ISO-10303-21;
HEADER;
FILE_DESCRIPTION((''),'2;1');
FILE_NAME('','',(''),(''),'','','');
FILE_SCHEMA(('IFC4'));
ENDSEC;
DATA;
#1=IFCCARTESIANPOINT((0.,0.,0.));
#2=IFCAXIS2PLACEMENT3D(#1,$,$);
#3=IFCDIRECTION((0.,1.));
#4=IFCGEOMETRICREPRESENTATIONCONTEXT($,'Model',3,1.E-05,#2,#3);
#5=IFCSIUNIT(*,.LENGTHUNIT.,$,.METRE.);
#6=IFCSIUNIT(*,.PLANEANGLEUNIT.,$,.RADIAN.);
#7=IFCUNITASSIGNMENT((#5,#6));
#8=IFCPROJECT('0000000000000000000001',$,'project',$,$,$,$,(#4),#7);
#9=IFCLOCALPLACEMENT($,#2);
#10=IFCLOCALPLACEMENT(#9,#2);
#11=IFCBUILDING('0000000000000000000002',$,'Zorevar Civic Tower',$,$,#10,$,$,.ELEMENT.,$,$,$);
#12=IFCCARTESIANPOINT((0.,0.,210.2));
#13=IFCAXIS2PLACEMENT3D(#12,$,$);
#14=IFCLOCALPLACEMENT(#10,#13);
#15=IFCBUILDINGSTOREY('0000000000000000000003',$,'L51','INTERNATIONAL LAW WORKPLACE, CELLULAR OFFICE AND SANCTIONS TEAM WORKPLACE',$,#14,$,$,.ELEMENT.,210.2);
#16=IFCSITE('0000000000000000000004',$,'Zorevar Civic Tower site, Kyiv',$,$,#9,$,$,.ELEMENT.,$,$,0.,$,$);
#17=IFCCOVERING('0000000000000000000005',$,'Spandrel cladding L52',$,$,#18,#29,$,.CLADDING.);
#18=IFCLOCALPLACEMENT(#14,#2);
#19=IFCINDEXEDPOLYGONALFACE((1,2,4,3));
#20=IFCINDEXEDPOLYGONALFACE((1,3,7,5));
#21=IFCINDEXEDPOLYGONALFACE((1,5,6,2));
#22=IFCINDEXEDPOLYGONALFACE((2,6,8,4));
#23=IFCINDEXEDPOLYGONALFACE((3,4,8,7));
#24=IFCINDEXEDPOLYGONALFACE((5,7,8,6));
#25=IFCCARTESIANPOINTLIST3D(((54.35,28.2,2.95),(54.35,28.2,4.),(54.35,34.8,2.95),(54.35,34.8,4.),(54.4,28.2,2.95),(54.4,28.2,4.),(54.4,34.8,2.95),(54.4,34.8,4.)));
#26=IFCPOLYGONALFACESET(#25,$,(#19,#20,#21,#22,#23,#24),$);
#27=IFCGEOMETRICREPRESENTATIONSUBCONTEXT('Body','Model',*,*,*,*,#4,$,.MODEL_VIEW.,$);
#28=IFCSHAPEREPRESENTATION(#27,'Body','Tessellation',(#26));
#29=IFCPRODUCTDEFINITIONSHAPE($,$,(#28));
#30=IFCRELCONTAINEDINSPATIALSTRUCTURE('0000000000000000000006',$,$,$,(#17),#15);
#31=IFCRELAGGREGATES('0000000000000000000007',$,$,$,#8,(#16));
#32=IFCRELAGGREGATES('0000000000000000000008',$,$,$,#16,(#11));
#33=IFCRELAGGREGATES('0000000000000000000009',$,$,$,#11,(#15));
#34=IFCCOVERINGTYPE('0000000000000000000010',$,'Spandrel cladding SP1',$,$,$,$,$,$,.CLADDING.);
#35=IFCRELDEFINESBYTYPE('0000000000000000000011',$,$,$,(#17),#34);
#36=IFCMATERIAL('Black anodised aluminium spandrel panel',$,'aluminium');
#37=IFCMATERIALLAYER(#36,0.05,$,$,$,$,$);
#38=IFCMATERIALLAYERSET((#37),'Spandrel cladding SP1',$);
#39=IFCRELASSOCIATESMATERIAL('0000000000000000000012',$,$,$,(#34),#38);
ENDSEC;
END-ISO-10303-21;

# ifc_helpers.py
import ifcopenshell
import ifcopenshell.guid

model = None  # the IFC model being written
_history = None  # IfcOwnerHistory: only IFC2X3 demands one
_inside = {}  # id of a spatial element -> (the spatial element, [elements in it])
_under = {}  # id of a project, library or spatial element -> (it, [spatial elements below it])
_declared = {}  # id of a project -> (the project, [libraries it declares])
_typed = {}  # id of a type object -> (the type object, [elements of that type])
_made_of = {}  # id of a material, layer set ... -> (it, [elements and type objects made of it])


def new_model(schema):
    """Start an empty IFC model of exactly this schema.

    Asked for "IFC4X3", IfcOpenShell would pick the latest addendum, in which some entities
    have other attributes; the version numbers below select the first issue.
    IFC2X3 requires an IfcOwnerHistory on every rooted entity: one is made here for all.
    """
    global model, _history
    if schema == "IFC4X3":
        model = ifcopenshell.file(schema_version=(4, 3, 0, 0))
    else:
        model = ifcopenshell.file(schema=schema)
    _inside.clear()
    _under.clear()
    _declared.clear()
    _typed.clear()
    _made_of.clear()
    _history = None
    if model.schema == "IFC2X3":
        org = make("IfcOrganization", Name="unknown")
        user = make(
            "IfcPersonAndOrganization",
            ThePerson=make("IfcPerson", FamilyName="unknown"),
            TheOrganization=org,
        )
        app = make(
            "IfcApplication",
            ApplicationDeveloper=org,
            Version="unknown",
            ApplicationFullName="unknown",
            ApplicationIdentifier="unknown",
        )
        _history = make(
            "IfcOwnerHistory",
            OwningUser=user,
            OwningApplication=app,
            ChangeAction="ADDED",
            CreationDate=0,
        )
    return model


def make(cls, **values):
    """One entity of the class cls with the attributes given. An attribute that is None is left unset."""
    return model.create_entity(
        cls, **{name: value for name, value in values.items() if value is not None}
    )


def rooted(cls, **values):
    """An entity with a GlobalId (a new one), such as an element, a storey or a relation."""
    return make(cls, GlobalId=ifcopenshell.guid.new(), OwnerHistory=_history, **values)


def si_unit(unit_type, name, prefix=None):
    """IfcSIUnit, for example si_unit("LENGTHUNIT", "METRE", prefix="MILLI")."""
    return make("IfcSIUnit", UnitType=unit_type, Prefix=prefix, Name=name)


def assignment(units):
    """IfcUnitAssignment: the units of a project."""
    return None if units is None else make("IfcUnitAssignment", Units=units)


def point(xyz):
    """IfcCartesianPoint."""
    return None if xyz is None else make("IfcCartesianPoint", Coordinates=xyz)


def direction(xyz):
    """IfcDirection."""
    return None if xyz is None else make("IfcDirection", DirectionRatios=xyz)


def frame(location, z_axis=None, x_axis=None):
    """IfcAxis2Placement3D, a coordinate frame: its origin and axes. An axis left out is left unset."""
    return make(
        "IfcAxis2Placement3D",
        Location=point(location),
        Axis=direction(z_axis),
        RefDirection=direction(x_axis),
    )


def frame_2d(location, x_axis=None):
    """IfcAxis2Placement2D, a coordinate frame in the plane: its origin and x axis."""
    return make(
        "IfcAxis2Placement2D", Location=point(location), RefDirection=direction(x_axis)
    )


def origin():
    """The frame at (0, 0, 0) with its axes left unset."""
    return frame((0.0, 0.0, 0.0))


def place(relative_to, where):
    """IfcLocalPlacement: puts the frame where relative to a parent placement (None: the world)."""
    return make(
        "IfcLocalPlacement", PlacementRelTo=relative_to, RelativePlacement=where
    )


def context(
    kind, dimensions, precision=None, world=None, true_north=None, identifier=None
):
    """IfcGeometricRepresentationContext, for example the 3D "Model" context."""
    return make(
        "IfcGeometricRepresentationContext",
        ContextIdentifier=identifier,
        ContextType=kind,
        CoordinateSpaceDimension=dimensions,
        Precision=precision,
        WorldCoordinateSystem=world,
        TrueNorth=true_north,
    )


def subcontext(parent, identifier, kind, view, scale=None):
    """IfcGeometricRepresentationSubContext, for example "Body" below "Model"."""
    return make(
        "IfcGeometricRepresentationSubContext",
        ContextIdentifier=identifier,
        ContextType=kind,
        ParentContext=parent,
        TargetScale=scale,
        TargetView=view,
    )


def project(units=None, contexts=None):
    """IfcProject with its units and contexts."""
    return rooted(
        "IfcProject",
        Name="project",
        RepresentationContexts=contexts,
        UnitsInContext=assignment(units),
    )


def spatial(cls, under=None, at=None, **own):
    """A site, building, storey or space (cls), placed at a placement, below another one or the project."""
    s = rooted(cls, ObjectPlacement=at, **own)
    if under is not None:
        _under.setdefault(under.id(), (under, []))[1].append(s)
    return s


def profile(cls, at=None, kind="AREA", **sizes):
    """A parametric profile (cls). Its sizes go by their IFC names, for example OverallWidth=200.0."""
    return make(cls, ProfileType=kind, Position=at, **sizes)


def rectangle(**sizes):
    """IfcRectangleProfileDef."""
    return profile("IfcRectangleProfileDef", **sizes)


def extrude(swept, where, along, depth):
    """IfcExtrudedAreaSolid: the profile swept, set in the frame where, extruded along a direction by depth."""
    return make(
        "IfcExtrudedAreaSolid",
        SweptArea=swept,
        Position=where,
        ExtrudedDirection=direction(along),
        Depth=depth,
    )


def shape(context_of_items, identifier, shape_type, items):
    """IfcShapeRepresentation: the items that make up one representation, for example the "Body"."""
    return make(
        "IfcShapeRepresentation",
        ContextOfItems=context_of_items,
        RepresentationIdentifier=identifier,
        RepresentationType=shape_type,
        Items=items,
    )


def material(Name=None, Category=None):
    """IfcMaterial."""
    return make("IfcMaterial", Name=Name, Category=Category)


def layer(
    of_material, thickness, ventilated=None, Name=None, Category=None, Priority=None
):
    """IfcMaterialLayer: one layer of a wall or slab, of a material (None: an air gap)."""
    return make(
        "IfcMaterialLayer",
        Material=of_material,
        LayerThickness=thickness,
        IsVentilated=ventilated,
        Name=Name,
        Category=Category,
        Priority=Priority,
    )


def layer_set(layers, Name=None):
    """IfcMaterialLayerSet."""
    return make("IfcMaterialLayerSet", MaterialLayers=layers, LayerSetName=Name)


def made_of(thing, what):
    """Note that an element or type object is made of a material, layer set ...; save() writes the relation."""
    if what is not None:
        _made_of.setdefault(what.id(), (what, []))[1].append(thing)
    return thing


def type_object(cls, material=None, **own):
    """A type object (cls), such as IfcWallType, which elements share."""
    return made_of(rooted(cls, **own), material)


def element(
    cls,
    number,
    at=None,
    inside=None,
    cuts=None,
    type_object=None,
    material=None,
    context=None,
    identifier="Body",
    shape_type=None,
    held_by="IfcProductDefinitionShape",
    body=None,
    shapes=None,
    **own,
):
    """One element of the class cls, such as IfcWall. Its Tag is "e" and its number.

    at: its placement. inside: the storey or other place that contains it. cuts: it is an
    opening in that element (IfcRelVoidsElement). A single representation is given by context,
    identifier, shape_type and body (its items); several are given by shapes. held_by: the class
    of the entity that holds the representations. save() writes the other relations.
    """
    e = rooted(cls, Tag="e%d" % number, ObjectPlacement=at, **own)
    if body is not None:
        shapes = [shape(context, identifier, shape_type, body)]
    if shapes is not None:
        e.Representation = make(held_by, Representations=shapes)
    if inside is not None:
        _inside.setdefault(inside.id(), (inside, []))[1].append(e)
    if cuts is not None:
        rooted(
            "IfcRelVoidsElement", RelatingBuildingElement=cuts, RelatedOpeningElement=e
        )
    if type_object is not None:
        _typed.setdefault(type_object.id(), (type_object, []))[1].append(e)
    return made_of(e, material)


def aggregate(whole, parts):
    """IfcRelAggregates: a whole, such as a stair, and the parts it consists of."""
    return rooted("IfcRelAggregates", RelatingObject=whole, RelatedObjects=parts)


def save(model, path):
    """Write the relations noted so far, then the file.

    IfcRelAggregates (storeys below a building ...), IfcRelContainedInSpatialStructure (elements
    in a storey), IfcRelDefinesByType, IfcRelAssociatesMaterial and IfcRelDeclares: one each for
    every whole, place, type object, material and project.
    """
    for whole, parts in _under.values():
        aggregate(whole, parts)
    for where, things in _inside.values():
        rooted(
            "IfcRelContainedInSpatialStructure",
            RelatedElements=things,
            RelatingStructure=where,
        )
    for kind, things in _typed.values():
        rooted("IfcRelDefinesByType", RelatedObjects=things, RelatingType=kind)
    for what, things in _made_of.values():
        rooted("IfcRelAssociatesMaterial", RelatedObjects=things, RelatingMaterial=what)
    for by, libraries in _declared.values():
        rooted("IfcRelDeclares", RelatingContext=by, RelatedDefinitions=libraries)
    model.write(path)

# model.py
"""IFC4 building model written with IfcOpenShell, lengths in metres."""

from ifc_helpers import new_model, si_unit, direction, frame, frame_2d, origin, place, context, subcontext, project, spatial, rectangle, extrude, material, layer, layer_set, type_object, element, save


model = new_model("IFC4")

# Units and contexts
model_context = context("Model", 3, precision=1e-05, world=origin(), true_north=direction((0.0, 1.0)))
body_context = subcontext(model_context, "Body", "Model", "MODEL_VIEW")
ifc_project = project(units=[si_unit("LENGTHUNIT", "METRE"), si_unit("PLANEANGLEUNIT", "RADIAN")], contexts=[model_context])

# Site, building, storey
site_placement = place(None, origin())
site = spatial("IfcSite", under=ifc_project, at=site_placement, Name="Zorevar Civic Tower site, Kyiv", CompositionType="ELEMENT", RefElevation=0.0)
building_placement = place(site_placement, origin())
building = spatial("IfcBuilding", under=site, at=building_placement, Name="Zorevar Civic Tower", CompositionType="ELEMENT")
storey_placement = place(building_placement, frame((0.0, 0.0, 210.2)))
storey = spatial("IfcBuildingStorey", under=building, at=storey_placement, Name="L51", Description="INTERNATIONAL LAW WORKPLACE, CELLULAR OFFICE AND SANCTIONS TEAM WORKPLACE", CompositionType="ELEMENT", Elevation=210.2)

# Covering
ifc_material_1 = material(Name="Black anodised aluminium spandrel panel", Category="aluminium")
ifc_layer_1 = layer(ifc_material_1, 0.05)
ifc_layer_set_1 = layer_set([ifc_layer_1], Name="Spandrel cladding SP1")
covering_type = type_object("IfcCoveringType", Name="Spandrel cladding SP1", PredefinedType="CLADDING", material=ifc_layer_set_1)
covering_placement = place(storey_placement, frame((54.375, 28.2, 2.95), z_axis=(0.0, 0.0, 1.0), x_axis=(0.0, 1.0, 0.0)))
element("IfcCovering", 1, at=covering_placement, inside=storey, type_object=covering_type, Name="Spandrel cladding L52", PredefinedType="CLADDING", context=body_context, shape_type="SweptSolid", body=[
    extrude(rectangle(XDim=6.6001, YDim=0.05, at=frame_2d((3.3, 0.0))), origin(), (0.0, 0.0, 1.0), 1.05),
])

save(model, "model.ifc")
